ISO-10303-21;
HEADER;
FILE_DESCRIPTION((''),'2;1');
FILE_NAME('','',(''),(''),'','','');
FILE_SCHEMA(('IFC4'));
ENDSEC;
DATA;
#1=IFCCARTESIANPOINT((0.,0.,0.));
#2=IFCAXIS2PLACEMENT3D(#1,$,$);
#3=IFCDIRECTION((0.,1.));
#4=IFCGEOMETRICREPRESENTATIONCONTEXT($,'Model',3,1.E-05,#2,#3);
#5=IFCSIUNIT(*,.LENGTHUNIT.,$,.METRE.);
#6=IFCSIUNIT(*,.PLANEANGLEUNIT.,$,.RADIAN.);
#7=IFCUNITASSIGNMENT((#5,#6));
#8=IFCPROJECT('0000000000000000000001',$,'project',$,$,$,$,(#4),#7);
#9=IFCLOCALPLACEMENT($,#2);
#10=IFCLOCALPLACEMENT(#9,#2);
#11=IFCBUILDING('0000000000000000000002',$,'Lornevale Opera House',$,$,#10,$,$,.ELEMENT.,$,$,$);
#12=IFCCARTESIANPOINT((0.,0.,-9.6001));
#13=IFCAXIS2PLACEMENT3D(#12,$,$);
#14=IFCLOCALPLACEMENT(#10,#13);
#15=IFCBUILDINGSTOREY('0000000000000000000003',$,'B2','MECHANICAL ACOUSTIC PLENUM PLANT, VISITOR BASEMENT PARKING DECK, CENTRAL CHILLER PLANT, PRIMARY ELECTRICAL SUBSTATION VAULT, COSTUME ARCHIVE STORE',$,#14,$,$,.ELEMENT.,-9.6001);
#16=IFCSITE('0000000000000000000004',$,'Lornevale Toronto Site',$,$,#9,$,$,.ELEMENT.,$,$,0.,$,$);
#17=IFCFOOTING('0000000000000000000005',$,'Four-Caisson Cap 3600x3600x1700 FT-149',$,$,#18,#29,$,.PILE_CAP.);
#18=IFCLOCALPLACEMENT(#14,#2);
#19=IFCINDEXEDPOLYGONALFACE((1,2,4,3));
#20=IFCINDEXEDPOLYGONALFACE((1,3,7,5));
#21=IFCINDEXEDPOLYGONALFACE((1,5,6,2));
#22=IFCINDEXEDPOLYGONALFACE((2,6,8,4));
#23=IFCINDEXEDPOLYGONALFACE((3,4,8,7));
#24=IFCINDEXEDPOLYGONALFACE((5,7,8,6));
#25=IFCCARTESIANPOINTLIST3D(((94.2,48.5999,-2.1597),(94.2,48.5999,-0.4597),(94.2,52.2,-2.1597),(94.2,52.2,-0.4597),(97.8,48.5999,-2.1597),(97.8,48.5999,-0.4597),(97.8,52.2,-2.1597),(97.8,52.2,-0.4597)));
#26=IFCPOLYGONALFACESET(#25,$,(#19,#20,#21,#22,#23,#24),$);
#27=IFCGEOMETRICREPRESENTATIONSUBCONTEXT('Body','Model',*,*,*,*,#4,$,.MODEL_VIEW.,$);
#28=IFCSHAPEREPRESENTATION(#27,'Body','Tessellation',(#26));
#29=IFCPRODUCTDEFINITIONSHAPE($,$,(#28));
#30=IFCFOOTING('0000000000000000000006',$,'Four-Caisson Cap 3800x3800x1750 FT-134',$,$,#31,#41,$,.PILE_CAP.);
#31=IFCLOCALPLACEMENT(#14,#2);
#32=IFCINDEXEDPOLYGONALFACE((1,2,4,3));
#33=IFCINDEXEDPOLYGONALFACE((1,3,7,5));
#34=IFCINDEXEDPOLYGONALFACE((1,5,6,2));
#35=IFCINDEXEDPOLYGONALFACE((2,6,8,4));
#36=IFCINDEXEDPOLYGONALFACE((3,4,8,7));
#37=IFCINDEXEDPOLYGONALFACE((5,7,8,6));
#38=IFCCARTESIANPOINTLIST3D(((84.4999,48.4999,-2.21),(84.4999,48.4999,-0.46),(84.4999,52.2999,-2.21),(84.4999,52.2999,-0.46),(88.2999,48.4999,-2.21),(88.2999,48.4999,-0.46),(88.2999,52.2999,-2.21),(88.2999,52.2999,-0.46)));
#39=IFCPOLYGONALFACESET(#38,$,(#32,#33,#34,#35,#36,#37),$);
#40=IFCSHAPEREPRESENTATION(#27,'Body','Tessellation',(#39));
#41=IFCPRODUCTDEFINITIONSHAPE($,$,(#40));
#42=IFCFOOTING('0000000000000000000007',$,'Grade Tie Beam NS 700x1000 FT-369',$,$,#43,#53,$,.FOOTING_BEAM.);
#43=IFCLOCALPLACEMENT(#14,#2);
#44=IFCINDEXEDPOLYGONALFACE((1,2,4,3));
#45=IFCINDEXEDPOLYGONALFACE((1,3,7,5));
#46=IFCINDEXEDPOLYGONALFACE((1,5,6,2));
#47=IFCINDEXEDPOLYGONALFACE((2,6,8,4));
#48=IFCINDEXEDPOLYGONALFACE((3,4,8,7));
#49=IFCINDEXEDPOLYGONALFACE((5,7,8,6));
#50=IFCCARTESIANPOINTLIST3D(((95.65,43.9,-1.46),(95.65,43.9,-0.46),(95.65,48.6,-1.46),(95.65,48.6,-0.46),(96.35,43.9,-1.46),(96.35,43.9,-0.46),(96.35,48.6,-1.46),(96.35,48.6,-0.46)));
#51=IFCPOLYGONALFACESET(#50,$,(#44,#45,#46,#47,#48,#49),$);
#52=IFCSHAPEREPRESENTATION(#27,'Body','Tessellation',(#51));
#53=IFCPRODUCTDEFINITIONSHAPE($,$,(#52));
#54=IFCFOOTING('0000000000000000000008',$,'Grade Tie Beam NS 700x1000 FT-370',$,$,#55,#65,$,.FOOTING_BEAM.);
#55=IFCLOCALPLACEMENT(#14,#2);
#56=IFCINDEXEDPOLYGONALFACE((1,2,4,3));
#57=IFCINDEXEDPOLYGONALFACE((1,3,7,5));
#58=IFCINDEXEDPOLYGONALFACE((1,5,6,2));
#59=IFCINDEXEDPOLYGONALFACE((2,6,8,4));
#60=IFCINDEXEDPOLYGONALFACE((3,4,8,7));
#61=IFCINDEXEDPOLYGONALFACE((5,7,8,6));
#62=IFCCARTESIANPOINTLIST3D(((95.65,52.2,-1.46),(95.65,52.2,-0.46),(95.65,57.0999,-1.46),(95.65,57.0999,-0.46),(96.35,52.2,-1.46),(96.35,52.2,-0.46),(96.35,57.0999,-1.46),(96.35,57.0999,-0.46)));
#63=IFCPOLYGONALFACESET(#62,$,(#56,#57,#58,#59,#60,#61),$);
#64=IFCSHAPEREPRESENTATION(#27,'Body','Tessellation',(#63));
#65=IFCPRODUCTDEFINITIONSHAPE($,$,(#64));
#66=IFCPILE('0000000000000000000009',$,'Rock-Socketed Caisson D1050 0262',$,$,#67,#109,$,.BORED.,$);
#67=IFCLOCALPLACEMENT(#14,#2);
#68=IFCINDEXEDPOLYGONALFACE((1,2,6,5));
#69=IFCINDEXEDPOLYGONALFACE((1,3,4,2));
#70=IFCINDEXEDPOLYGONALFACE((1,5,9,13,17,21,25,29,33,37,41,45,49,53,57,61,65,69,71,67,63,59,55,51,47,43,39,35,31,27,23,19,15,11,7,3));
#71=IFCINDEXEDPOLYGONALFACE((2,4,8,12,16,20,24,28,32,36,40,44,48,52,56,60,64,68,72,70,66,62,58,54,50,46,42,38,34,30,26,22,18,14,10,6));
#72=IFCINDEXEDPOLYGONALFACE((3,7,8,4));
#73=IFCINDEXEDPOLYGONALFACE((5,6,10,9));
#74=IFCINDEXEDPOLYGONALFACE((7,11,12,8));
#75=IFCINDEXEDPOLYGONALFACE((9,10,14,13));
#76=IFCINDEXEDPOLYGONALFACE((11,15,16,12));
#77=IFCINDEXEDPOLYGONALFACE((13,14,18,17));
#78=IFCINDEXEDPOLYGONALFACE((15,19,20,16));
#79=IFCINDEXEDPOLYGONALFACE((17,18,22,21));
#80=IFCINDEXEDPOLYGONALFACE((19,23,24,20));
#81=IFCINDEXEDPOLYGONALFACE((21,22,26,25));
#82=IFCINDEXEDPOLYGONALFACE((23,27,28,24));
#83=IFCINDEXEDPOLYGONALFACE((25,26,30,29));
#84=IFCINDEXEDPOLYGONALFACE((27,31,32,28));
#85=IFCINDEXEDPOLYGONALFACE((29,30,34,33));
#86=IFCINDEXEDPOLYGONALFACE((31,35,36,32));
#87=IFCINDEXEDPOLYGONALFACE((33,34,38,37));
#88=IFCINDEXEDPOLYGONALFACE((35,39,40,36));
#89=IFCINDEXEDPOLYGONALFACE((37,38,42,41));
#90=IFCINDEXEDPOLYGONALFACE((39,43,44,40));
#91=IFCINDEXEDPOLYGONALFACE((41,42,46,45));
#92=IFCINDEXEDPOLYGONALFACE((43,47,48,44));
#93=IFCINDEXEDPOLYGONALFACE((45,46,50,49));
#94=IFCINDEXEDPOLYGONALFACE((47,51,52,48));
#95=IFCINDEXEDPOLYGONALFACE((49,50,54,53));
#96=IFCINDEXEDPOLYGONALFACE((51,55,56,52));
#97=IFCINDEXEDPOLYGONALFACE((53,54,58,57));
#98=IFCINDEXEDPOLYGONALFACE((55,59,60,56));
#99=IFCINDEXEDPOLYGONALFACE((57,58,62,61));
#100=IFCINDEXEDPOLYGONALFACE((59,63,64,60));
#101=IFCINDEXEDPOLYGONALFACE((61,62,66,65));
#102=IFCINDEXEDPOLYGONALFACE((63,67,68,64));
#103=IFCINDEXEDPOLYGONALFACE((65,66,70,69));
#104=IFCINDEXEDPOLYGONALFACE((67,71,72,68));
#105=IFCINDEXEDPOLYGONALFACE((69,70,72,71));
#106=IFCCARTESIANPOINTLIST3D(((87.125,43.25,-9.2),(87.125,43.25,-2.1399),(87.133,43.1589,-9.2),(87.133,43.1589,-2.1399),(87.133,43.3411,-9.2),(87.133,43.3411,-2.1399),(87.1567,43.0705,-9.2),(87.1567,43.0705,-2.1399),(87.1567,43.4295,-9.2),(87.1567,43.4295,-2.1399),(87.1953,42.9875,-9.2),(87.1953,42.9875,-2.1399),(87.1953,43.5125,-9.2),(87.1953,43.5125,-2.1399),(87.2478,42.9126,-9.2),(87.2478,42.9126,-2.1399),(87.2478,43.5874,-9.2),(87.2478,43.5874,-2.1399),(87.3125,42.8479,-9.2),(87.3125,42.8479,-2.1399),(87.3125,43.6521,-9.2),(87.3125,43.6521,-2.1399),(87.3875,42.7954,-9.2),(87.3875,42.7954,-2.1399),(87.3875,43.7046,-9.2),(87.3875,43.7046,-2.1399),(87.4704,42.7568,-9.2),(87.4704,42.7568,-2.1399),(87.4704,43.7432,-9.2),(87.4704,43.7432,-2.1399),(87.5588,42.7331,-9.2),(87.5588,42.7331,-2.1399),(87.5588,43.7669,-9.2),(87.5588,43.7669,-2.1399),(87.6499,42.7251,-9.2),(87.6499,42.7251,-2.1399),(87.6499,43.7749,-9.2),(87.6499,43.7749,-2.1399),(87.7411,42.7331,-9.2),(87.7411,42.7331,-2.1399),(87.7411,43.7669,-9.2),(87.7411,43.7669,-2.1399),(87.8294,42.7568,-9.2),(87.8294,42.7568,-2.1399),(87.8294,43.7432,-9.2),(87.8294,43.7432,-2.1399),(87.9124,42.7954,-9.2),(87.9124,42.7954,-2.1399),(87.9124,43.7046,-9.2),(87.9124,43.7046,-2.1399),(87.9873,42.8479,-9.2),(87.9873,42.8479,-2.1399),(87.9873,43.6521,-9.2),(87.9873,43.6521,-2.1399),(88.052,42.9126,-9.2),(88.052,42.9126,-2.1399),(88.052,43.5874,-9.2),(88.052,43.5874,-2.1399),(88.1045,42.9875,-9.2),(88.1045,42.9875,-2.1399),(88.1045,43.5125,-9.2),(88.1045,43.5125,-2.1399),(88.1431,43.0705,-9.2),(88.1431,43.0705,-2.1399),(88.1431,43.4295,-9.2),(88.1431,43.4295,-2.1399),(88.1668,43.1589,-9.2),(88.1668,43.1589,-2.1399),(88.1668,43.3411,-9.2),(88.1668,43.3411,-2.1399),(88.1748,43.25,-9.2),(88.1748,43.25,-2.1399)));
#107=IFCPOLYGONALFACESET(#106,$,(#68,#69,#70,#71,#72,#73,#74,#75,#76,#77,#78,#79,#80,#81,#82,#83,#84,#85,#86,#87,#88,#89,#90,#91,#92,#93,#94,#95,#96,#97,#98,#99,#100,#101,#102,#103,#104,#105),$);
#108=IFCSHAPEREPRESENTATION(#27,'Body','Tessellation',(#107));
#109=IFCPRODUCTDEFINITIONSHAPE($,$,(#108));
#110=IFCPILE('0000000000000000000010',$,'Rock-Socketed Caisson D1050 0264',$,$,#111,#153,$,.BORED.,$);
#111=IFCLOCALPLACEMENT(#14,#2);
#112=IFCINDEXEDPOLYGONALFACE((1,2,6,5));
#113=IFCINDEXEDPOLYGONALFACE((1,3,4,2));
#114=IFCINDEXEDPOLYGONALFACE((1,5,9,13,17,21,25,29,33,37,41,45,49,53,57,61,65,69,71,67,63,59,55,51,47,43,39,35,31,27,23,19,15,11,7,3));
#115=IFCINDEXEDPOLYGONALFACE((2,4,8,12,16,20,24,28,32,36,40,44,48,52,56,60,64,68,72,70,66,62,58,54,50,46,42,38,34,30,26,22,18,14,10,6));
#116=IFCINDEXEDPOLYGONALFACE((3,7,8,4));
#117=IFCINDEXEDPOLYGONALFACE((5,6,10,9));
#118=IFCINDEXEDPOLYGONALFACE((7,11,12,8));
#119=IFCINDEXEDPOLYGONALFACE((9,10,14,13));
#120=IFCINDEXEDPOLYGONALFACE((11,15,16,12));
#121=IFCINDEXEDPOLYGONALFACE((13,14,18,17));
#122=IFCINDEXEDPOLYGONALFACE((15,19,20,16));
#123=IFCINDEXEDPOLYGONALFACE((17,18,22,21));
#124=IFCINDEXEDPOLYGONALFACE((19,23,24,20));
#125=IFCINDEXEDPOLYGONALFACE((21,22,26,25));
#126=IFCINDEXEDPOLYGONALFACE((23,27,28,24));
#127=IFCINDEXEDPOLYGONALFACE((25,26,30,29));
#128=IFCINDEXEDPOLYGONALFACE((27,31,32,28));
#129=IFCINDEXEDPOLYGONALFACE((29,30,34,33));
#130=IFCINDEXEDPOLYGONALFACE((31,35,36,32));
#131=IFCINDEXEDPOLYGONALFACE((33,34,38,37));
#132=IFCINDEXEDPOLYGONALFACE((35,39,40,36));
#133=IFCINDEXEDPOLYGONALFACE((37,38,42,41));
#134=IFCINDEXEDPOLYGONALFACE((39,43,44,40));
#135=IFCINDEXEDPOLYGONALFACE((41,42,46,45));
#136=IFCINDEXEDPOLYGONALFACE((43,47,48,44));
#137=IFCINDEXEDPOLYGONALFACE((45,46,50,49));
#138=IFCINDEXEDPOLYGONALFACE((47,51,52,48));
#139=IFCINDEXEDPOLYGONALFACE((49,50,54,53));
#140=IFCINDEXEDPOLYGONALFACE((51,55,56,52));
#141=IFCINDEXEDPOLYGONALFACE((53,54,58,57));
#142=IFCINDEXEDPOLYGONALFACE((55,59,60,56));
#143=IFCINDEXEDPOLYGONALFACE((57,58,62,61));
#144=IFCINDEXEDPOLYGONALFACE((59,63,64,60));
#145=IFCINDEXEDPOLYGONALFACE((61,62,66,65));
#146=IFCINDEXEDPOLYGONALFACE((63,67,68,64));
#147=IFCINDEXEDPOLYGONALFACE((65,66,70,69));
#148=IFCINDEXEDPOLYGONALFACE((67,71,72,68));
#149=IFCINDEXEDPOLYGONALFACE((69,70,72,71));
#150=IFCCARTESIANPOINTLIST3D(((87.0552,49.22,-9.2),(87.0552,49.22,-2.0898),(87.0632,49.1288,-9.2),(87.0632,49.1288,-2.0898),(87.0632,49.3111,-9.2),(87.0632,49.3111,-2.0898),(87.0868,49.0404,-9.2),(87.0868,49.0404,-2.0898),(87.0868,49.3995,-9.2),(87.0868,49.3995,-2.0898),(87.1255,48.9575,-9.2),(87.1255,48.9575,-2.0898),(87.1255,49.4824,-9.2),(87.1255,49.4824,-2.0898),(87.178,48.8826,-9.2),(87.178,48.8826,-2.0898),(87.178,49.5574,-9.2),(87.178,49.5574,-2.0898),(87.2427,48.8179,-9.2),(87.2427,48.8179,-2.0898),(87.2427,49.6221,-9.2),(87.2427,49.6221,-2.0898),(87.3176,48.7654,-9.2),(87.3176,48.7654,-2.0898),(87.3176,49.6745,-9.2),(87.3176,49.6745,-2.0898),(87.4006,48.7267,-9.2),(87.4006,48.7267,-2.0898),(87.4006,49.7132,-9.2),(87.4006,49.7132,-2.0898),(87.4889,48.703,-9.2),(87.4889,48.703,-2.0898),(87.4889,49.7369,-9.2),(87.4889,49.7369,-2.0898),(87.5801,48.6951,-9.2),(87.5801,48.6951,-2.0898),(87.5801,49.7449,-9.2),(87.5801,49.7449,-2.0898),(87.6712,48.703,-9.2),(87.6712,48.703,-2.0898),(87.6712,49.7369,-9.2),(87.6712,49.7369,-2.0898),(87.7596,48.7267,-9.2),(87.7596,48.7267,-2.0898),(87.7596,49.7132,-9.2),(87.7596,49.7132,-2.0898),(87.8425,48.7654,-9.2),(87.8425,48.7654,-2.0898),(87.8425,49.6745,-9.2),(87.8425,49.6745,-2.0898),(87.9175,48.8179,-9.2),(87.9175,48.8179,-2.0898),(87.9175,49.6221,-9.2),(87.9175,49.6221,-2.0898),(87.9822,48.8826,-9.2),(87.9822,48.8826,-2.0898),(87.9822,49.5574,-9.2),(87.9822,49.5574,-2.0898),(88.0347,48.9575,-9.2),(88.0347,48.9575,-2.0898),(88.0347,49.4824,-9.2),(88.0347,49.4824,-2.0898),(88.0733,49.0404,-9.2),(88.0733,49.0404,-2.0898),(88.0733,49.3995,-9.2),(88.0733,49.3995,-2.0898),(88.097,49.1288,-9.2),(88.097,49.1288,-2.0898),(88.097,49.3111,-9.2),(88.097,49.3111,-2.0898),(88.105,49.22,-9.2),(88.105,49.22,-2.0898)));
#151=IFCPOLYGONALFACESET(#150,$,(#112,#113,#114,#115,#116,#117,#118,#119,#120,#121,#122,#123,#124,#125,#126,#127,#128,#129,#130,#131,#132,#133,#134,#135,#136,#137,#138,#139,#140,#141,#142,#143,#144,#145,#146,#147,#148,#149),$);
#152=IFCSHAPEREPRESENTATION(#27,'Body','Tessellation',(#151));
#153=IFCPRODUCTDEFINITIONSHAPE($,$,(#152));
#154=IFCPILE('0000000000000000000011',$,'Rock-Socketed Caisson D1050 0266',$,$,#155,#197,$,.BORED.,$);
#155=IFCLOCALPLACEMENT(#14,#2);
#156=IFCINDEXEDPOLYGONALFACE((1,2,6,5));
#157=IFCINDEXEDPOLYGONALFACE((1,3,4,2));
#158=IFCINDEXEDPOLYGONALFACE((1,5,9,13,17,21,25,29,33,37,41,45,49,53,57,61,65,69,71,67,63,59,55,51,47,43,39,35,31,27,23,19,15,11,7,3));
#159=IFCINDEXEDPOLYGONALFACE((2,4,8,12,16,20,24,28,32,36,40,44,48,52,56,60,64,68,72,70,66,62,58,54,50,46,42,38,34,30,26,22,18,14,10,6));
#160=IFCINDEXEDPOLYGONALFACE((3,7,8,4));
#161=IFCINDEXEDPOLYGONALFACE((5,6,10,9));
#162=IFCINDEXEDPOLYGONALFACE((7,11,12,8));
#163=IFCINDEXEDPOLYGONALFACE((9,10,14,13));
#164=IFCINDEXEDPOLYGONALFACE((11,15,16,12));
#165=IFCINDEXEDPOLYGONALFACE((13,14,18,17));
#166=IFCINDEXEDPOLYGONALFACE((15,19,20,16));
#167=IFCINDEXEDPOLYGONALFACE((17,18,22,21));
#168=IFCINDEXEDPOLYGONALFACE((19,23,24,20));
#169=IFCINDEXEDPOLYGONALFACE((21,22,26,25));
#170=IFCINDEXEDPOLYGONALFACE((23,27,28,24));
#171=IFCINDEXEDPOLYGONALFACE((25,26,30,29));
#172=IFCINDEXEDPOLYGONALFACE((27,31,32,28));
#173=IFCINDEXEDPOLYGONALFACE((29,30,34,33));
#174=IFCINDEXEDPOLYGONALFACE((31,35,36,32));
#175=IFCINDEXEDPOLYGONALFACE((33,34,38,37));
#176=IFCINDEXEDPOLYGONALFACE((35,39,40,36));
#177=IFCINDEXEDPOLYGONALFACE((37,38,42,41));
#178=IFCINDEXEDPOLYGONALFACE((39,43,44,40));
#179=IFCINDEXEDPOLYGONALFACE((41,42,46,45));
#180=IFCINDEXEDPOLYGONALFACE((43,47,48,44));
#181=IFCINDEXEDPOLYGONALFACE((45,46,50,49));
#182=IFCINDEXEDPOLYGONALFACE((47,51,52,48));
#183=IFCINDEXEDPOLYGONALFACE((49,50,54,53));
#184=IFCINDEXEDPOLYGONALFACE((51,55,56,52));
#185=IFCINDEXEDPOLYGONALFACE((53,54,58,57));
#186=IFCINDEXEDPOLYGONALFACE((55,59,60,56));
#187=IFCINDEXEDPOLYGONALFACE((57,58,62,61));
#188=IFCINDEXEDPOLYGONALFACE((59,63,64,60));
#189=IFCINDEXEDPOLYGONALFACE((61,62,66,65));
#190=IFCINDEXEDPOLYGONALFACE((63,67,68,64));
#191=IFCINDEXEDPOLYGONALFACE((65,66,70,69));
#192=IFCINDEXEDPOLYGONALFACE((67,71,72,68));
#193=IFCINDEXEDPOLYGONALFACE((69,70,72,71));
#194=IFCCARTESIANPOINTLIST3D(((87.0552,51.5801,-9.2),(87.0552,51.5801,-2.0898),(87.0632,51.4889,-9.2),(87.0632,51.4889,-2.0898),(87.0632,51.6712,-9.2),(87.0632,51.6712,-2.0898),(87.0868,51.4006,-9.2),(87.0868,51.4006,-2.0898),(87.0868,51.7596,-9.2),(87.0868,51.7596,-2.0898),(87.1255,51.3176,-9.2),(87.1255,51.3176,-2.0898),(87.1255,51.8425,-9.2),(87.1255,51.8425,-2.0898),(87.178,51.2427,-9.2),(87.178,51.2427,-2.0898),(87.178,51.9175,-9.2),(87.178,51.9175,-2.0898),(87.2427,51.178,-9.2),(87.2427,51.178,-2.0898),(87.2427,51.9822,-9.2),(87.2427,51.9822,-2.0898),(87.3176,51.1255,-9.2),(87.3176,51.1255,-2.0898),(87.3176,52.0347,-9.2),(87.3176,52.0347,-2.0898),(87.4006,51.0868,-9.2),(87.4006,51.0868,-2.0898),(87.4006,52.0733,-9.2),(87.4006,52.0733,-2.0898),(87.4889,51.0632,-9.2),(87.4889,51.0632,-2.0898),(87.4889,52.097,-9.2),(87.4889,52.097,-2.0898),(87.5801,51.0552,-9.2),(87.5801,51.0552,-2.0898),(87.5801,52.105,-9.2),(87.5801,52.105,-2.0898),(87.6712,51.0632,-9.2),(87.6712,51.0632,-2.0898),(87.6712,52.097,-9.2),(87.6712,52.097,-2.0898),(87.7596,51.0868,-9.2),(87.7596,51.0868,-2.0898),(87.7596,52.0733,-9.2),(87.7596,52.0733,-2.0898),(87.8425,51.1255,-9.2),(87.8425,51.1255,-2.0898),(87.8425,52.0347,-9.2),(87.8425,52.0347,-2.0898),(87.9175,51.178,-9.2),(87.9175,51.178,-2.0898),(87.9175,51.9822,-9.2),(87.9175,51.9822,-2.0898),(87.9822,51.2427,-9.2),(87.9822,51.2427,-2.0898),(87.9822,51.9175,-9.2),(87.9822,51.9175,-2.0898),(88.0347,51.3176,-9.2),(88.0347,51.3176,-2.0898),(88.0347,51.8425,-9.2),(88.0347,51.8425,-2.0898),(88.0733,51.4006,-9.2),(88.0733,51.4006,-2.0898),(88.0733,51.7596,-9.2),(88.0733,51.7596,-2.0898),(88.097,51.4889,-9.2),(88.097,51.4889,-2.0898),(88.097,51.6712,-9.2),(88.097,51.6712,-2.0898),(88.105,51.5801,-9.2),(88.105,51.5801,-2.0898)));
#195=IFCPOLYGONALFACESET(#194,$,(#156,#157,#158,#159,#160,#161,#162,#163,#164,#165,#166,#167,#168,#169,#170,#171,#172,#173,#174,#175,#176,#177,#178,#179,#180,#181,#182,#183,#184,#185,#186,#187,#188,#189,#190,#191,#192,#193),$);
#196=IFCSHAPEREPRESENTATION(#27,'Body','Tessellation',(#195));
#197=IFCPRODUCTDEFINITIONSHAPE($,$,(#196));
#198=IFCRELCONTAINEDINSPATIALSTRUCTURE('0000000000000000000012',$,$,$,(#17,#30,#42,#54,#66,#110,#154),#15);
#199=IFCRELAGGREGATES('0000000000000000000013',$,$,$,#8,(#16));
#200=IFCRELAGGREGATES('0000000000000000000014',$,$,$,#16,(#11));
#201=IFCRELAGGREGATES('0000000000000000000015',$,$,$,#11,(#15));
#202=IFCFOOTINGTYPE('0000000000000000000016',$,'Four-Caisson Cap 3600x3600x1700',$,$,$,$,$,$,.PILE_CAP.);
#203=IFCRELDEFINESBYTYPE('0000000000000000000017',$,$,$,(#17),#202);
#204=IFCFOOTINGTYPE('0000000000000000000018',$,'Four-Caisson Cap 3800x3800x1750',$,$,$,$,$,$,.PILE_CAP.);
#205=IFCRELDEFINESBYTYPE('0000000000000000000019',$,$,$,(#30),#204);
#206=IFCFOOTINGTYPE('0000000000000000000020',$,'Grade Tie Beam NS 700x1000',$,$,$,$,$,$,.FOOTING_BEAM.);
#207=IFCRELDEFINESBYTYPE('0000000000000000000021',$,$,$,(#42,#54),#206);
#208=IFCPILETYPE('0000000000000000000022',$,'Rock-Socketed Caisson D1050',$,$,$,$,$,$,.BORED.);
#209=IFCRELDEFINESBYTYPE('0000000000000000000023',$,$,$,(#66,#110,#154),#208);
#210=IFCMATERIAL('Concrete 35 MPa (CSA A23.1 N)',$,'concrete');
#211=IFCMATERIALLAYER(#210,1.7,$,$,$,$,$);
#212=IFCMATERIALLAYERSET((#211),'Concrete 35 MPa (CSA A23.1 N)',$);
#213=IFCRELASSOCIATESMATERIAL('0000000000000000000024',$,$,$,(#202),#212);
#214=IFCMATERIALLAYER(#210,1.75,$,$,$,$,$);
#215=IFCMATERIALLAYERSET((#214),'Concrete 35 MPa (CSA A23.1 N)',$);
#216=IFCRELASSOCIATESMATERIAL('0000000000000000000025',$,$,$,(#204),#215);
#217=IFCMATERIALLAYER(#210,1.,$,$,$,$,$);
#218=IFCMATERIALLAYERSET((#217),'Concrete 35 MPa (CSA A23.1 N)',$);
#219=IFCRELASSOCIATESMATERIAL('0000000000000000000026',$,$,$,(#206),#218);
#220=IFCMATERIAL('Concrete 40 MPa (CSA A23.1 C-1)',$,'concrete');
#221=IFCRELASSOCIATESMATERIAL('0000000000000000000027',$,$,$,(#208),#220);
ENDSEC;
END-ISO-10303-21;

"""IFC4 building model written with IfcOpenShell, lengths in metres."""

from ifc_helpers import new_model, si_unit, direction, frame, origin, origin_2d, place, context, subcontext, project, spatial, rectangle, circle, extrude, material, layer, layer_set, material_profile, profile_set, type_object, element, save


model = new_model("IFC4")

# Units and contexts
model_context = context("Model", 3, precision=1e-05, world=origin(), true_north=direction((0.0, 1.0)))
body_context = subcontext(model_context, "Body", "Model", "MODEL_VIEW")
ifc_project = project(units=[si_unit("LENGTHUNIT", "METRE"), si_unit("PLANEANGLEUNIT", "RADIAN")], contexts=[model_context])

# Site, building, storey
site_placement = place(None, origin())
site = spatial("IfcSite", under=ifc_project, at=site_placement, Name="Lornevale Toronto Site", CompositionType="ELEMENT", RefElevation=0.0)
building_placement = place(site_placement, origin())
building = spatial("IfcBuilding", under=site, at=building_placement, Name="Lornevale Opera House", CompositionType="ELEMENT")
storey_placement = place(building_placement, frame((0.0, 0.0, -9.6001)))
storey = spatial("IfcBuildingStorey", under=building, at=storey_placement, Name="B2", Description="MECHANICAL ACOUSTIC PLENUM PLANT, VISITOR BASEMENT PARKING DECK, CENTRAL CHILLER PLANT, PRIMARY ELECTRICAL SUBSTATION VAULT, COSTUME ARCHIVE STORE", CompositionType="ELEMENT", Elevation=-9.6001)

# Footings
ifc_material_1 = material(Name="Concrete 35 MPa (CSA A23.1 N)", Category="concrete")
ifc_layer_1 = layer(ifc_material_1, 1.7)
ifc_layer_set_1 = layer_set([ifc_layer_1], Name="Concrete 35 MPa (CSA A23.1 N)")
footing_type_1 = type_object("IfcFootingType", Name="Four-Caisson Cap 3600x3600x1700", PredefinedType="PILE_CAP", material=ifc_layer_set_1)
footing_1_placement = place(storey_placement, frame((96.0, 50.3999, -2.1597), z_axis=(0.0, 0.0, 1.0), x_axis=(1.0, 0.0, 0.0)))
element("IfcFooting", 1, at=footing_1_placement, inside=storey, type_object=footing_type_1, Name="Four-Caisson Cap 3600x3600x1700 FT-149", PredefinedType="PILE_CAP", context=body_context, shape_type="SweptSolid", body=[
    extrude(rectangle(XDim=3.6001, YDim=3.6001, at=origin_2d()), origin(), (0.0, 0.0, 1.0), 1.7),
])
ifc_layer_2 = layer(ifc_material_1, 1.75)
ifc_layer_set_2 = layer_set([ifc_layer_2], Name="Concrete 35 MPa (CSA A23.1 N)")
footing_type_2 = type_object("IfcFootingType", Name="Four-Caisson Cap 3800x3800x1750", PredefinedType="PILE_CAP", material=ifc_layer_set_2)
footing_2_placement = place(storey_placement, frame((86.3999, 50.3999, -2.21), z_axis=(0.0, 0.0, 1.0), x_axis=(1.0, 0.0, 0.0)))
element("IfcFooting", 2, at=footing_2_placement, inside=storey, type_object=footing_type_2, Name="Four-Caisson Cap 3800x3800x1750 FT-134", PredefinedType="PILE_CAP", context=body_context, shape_type="SweptSolid", body=[
    extrude(rectangle(XDim=3.8, YDim=3.8, at=origin_2d()), origin(), (0.0, 0.0, 1.0), 1.75),
])
ifc_layer_3 = layer(ifc_material_1, 1.0)
ifc_layer_set_3 = layer_set([ifc_layer_3], Name="Concrete 35 MPa (CSA A23.1 N)")
footing_type_3 = type_object("IfcFootingType", Name="Grade Tie Beam NS 700x1000", PredefinedType="FOOTING_BEAM", material=ifc_layer_set_3)
footing_3_placement = place(storey_placement, frame((96.0, 46.25, -1.46), z_axis=(0.0, 0.0, 1.0), x_axis=(1.0, 0.0, 0.0)))
element("IfcFooting", 3, at=footing_3_placement, inside=storey, type_object=footing_type_3, Name="Grade Tie Beam NS 700x1000 FT-369", PredefinedType="FOOTING_BEAM", context=body_context, shape_type="SweptSolid", body=[
    extrude(rectangle(XDim=0.7, YDim=4.7, at=origin_2d()), origin(), (0.0, 0.0, 1.0), 1.0),
])
footing_4_placement = place(storey_placement, frame((96.0, 54.6499, -1.46), z_axis=(0.0, 0.0, 1.0), x_axis=(1.0, 0.0, 0.0)))
element("IfcFooting", 4, at=footing_4_placement, inside=storey, type_object=footing_type_3, Name="Grade Tie Beam NS 700x1000 FT-370", PredefinedType="FOOTING_BEAM", context=body_context, shape_type="SweptSolid", body=[
    extrude(rectangle(XDim=0.7, YDim=4.8999, at=origin_2d()), origin(), (0.0, 0.0, 1.0), 1.0),
])

# Piles
ifc_material_2 = material(Name="Concrete 40 MPa (CSA A23.1 C-1)", Category="concrete")
ifc_material_profile_1 = material_profile(ifc_material_2, circle(Radius=0.5249, at=origin_2d()), Name="CAIS1050")
ifc_profile_set_1 = profile_set([ifc_material_profile_1], Name="Concrete 40 MPa (CSA A23.1 C-1)")
pile_type_1 = type_object("IfcPileType", Name="Rock-Socketed Caisson D1050", PredefinedType="BORED", material=ifc_profile_set_1)
pile_1_placement = place(storey_placement, frame((87.6499, 43.25, -2.1399), z_axis=(0.0, 0.0, -1.0), x_axis=(1.0, 0.0, 0.0)))
element("IfcPile", 5, at=pile_1_placement, inside=storey, type_object=pile_type_1, Name="Rock-Socketed Caisson D1050 0262", PredefinedType="BORED", context=body_context, shape_type="SweptSolid", body=[
    extrude(circle(Radius=0.5249, at=origin_2d()), origin(), (0.0, 0.0, 1.0), 7.0601),
])
for number, where, z_axis, x_axis, name in (
    (6, (87.5801, 49.22, -2.0898), (0.0, 0.0, -1.0), (1.0, 0.0, 0.0), "Rock-Socketed Caisson D1050 0264"),
    (7, (87.5801, 51.5801, -2.0898), (0.0, 0.0, -1.0), (1.0, 0.0, 0.0), "Rock-Socketed Caisson D1050 0266"),
):
    element("IfcPile", number, at=place(storey_placement, frame(where, z_axis=z_axis, x_axis=x_axis)), inside=storey, type_object=pile_type_1, Name=name, PredefinedType="BORED", context=body_context, shape_type="SweptSolid", body=[
        extrude(circle(Radius=0.5249, at=origin_2d()), origin(), (0.0, 0.0, 1.0), 7.1101),
    ])

save(model, "model.ifc")
